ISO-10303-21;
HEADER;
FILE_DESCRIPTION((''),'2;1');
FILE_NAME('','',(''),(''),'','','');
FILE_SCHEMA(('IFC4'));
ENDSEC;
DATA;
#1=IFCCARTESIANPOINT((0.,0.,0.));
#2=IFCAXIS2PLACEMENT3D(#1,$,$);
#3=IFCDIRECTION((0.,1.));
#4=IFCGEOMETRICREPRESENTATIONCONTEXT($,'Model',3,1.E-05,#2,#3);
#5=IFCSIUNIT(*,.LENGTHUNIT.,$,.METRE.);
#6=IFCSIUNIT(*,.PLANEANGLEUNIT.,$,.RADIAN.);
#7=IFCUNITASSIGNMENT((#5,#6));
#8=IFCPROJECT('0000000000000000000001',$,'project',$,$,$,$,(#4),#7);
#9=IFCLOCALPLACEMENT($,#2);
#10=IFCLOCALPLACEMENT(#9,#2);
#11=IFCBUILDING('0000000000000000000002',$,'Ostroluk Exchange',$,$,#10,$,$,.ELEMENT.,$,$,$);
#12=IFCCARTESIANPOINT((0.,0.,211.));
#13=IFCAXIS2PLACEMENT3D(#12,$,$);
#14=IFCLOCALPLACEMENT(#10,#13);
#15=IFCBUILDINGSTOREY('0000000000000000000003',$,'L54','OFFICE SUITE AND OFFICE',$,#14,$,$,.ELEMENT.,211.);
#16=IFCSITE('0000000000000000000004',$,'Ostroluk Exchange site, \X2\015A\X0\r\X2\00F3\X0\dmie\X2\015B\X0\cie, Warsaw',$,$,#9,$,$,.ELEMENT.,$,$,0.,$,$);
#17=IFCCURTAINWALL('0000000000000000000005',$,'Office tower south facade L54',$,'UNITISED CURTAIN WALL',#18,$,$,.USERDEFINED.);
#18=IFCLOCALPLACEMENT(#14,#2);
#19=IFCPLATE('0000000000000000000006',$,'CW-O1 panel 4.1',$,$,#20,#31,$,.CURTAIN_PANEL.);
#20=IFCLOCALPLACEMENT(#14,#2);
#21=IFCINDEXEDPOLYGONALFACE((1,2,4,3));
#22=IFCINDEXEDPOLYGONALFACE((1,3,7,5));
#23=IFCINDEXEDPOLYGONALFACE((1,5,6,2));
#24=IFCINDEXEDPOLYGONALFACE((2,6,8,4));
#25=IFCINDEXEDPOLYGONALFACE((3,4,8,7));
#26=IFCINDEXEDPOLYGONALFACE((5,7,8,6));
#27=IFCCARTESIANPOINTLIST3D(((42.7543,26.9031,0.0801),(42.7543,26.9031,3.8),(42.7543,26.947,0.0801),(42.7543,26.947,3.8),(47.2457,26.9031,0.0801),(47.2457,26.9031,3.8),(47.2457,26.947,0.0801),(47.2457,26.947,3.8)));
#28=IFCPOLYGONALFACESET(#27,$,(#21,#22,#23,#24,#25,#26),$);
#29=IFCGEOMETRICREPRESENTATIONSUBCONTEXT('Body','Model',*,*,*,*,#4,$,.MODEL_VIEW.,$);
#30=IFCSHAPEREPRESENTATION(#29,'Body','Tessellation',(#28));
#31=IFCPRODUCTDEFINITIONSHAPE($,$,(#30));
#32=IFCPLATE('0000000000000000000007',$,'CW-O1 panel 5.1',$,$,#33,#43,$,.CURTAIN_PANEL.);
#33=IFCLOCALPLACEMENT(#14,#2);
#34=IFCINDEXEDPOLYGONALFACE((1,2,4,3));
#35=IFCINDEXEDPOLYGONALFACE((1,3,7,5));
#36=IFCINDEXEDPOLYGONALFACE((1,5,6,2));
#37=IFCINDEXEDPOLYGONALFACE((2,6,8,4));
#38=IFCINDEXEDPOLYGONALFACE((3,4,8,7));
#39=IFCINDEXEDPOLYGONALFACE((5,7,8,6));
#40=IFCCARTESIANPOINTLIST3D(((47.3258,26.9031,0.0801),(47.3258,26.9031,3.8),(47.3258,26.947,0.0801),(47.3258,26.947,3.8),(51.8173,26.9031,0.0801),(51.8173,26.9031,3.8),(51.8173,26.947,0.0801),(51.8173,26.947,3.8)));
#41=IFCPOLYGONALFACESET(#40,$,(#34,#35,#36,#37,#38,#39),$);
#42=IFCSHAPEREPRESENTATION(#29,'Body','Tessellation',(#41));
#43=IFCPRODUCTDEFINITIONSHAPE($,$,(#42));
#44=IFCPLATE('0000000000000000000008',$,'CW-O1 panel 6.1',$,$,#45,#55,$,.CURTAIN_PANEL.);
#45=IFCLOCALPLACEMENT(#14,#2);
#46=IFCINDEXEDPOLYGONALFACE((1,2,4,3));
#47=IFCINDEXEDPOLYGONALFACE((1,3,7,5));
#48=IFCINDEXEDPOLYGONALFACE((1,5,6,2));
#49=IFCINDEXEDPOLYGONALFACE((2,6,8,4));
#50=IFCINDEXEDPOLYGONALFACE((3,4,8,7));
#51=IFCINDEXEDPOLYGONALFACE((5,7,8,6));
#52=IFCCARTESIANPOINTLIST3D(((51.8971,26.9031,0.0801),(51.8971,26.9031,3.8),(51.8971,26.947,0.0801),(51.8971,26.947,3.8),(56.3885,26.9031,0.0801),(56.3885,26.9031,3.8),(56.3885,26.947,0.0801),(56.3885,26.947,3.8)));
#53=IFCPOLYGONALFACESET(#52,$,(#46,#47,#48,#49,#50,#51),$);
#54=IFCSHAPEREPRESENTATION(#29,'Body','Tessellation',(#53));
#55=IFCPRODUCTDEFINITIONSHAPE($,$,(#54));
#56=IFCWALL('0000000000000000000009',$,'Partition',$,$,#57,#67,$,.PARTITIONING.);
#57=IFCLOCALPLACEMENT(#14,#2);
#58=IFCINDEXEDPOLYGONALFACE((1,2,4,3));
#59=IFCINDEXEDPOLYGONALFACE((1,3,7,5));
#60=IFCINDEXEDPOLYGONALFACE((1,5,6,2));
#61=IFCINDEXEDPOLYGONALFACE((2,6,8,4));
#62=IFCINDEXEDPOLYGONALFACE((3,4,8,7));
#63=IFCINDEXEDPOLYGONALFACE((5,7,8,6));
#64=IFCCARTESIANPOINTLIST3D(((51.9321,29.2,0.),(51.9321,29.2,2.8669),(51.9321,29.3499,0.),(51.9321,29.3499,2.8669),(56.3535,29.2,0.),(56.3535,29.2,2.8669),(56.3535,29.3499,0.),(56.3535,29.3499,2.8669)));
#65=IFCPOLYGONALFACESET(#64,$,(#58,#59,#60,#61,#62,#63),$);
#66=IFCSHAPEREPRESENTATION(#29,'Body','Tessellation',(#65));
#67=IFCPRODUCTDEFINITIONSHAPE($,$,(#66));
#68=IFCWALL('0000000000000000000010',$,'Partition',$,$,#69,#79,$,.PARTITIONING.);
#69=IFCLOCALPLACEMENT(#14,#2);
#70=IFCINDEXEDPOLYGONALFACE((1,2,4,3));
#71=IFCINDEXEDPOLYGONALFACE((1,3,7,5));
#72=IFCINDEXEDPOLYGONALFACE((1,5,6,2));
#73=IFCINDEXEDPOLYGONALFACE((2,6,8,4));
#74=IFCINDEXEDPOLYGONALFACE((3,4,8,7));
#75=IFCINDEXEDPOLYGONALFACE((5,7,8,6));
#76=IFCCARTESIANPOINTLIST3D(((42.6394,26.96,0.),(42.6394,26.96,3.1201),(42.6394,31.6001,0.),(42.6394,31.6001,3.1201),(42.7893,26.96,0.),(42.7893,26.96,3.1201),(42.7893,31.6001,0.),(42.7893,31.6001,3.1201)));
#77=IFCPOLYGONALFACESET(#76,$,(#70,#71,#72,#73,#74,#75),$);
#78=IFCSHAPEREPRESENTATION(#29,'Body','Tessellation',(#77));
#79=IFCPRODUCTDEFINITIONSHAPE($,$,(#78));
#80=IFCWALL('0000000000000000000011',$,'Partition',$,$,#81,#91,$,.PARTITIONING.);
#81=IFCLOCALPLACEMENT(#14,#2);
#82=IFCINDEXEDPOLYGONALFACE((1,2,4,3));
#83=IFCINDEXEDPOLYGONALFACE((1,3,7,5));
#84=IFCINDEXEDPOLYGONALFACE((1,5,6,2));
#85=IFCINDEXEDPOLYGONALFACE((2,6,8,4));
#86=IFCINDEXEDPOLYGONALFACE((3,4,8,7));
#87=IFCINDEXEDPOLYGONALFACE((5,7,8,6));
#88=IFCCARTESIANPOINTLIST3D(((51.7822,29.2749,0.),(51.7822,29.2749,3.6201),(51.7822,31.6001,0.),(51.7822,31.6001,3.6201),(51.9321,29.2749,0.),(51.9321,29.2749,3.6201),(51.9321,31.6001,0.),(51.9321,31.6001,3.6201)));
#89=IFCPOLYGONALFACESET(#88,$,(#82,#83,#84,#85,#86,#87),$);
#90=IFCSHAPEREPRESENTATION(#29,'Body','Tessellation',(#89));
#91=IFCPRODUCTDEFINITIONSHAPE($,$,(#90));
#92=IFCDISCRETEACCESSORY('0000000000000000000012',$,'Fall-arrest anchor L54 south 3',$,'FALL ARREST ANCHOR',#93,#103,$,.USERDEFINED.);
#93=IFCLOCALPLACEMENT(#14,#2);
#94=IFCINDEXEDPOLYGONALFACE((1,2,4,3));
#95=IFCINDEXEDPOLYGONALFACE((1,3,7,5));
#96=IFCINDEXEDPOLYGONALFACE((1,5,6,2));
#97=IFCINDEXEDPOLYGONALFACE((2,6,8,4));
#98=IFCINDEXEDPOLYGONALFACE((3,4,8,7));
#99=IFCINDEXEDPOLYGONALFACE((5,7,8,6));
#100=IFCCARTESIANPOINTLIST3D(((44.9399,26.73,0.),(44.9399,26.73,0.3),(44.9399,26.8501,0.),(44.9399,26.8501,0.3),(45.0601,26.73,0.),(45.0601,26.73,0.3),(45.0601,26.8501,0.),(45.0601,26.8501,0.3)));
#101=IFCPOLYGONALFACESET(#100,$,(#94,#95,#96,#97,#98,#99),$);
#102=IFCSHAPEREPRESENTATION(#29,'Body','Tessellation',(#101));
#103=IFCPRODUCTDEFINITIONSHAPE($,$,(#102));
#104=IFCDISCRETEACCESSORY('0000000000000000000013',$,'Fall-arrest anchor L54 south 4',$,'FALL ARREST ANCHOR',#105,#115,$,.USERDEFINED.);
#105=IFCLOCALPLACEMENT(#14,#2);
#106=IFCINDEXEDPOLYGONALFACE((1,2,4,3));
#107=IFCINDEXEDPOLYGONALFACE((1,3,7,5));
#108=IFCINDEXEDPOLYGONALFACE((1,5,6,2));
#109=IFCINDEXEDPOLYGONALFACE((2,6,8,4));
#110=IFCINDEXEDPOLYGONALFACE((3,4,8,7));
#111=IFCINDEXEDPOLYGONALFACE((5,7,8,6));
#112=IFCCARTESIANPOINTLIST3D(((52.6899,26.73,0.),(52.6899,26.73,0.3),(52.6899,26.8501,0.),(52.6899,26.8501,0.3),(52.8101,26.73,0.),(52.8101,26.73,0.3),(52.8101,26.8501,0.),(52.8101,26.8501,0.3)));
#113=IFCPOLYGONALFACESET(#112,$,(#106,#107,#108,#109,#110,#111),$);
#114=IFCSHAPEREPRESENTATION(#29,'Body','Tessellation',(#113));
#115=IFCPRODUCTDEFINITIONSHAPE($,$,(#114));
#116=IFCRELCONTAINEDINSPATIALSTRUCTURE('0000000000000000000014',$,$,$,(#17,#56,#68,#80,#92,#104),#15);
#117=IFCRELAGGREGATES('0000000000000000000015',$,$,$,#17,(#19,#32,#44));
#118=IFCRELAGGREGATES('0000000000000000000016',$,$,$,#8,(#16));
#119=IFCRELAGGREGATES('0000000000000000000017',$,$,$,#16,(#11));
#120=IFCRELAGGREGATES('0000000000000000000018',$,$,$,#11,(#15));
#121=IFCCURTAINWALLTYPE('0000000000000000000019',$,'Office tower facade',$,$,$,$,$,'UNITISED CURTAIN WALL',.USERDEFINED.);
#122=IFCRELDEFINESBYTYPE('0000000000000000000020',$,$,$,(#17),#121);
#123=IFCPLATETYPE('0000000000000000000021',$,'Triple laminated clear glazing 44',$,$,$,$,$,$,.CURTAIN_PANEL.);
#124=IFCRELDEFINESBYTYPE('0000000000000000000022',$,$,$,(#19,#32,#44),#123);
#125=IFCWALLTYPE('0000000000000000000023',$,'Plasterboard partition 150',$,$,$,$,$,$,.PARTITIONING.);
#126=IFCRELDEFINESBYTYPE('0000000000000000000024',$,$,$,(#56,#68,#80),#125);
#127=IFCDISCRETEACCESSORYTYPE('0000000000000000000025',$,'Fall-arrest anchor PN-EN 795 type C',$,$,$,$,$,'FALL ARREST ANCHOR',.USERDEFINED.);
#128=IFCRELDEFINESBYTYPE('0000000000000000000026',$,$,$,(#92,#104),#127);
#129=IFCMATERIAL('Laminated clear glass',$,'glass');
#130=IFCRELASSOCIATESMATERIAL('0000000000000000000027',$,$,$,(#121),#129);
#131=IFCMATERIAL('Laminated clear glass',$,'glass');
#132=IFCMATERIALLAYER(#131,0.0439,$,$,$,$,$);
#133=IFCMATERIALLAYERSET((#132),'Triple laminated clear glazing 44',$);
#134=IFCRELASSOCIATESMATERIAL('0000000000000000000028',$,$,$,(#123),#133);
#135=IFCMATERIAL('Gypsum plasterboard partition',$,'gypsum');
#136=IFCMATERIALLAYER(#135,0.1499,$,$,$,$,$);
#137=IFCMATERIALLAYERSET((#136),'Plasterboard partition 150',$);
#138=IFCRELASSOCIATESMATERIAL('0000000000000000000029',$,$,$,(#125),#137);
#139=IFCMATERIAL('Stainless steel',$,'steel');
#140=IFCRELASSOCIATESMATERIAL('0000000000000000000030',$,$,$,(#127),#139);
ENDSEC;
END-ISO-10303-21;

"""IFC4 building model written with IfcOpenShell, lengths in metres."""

from ifc_helpers import new_model, si_unit, direction, frame, frame_2d, origin, origin_2d, place, context, subcontext, project, spatial, rectangle, extrude, material, layer, layer_set, type_object, element, aggregate, save


model = new_model("IFC4")

# Units and contexts
model_context = context("Model", 3, precision=1e-05, world=origin(), true_north=direction((0.0, 1.0)))
body_context = subcontext(model_context, "Body", "Model", "MODEL_VIEW")
ifc_project = project(units=[si_unit("LENGTHUNIT", "METRE"), si_unit("PLANEANGLEUNIT", "RADIAN")], contexts=[model_context])

# Site, building, storey
site_placement = place(None, origin())
site = spatial("IfcSite", under=ifc_project, at=site_placement, Name="Ostroluk Exchange site, Śródmieście, Warsaw", CompositionType="ELEMENT", RefElevation=0.0)
building_placement = place(site_placement, origin())
building = spatial("IfcBuilding", under=site, at=building_placement, Name="Ostroluk Exchange", CompositionType="ELEMENT")
storey_placement = place(building_placement, frame((0.0, 0.0, 211.0)))
storey = spatial("IfcBuildingStorey", under=building, at=storey_placement, Name="L54", Description="OFFICE SUITE AND OFFICE", CompositionType="ELEMENT", Elevation=211.0)

# Curtain wall, plates
ifc_material_1 = material(Name="Laminated clear glass", Category="glass")
curtain_wall_type = type_object("IfcCurtainWallType", Name="Office tower facade", ElementType="UNITISED CURTAIN WALL", PredefinedType="USERDEFINED", material=ifc_material_1)
curtain_wall_placement = place(storey_placement, origin())
curtain_wall = element("IfcCurtainWall", 1, at=curtain_wall_placement, inside=storey, type_object=curtain_wall_type, Name="Office tower south facade L54", ObjectType="UNITISED CURTAIN WALL", PredefinedType="USERDEFINED")
ifc_material_2 = material(Name="Laminated clear glass", Category="glass")
ifc_layer_1 = layer(ifc_material_2, 0.0439)
ifc_layer_set_1 = layer_set([ifc_layer_1], Name="Triple laminated clear glazing 44")
plate_type = type_object("IfcPlateType", Name="Triple laminated clear glazing 44", PredefinedType="CURTAIN_PANEL", material=ifc_layer_set_1)
plate_1_placement = place(storey_placement, frame((45.0, 26.925, 0.0801), z_axis=(0.0, 0.0, 1.0), x_axis=(1.0, 0.0, 0.0)))
plate_1 = element("IfcPlate", 2, at=plate_1_placement, type_object=plate_type, Name="CW-O1 panel 4.1", PredefinedType="CURTAIN_PANEL", context=body_context, shape_type="SweptSolid", body=[
    extrude(rectangle(XDim=4.4915, YDim=0.0439, at=origin_2d()), origin(), (0.0, 0.0, 1.0), 3.72),
])
plate_2_placement = place(storey_placement, frame((49.5715, 26.925, 0.0801), z_axis=(0.0, 0.0, 1.0), x_axis=(1.0, 0.0, 0.0)))
plate_2 = element("IfcPlate", 3, at=plate_2_placement, type_object=plate_type, Name="CW-O1 panel 5.1", PredefinedType="CURTAIN_PANEL", context=body_context, shape_type="SweptSolid", body=[
    extrude(rectangle(XDim=4.4915, YDim=0.0439, at=origin_2d()), origin(), (0.0, 0.0, 1.0), 3.72),
])
plate_3_placement = place(storey_placement, frame((54.1428, 26.925, 0.0801), z_axis=(0.0, 0.0, 1.0), x_axis=(1.0, 0.0, 0.0)))
plate_3 = element("IfcPlate", 4, at=plate_3_placement, type_object=plate_type, Name="CW-O1 panel 6.1", PredefinedType="CURTAIN_PANEL", context=body_context, shape_type="SweptSolid", body=[
    extrude(rectangle(XDim=4.4915, YDim=0.0439, at=origin_2d()), origin(), (0.0, 0.0, 1.0), 3.72),
])
aggregate(curtain_wall, [plate_1, plate_2, plate_3])

# Walls
ifc_material_3 = material(Name="Gypsum plasterboard partition", Category="gypsum")
ifc_layer_2 = layer(ifc_material_3, 0.1499)
ifc_layer_set_2 = layer_set([ifc_layer_2], Name="Plasterboard partition 150")
wall_type = type_object("IfcWallType", Name="Plasterboard partition 150", PredefinedType="PARTITIONING", material=ifc_layer_set_2)
wall_1_placement = place(storey_placement, frame((51.9321, 29.2749, 0.0), z_axis=(0.0, 0.0, 1.0), x_axis=(1.0, 0.0, 0.0)))
element("IfcWall", 5, at=wall_1_placement, inside=storey, type_object=wall_type, Name="Partition", PredefinedType="PARTITIONING", context=body_context, shape_type="SweptSolid", body=[
    extrude(rectangle(XDim=4.4214, YDim=0.1499, at=frame_2d((2.2107, 0.0))), origin(), (0.0, 0.0, 1.0), 2.8669),
])
wall_2_placement = place(storey_placement, frame((42.7144, 31.6001, 0.0), z_axis=(0.0, 0.0, 1.0), x_axis=(0.0, -1.0, 0.0)))
element("IfcWall", 6, at=wall_2_placement, inside=storey, type_object=wall_type, Name="Partition", PredefinedType="PARTITIONING", context=body_context, shape_type="SweptSolid", body=[
    extrude(rectangle(XDim=4.6401, YDim=0.1499, at=frame_2d((2.3201, 0.0))), origin(), (0.0, 0.0, 1.0), 3.1201),
])
wall_3_placement = place(storey_placement, frame((51.8572, 31.6001, 0.0), z_axis=(0.0, 0.0, 1.0), x_axis=(0.0, -1.0, 0.0)))
element("IfcWall", 7, at=wall_3_placement, inside=storey, type_object=wall_type, Name="Partition", PredefinedType="PARTITIONING", context=body_context, shape_type="SweptSolid", body=[
    extrude(rectangle(XDim=2.3252, YDim=0.1499, at=frame_2d((1.1626, 0.0))), origin(), (0.0, 0.0, 1.0), 3.6201),
])

# Discrete accessories
ifc_material_4 = material(Name="Stainless steel", Category="steel")
discrete_accessory_type = type_object("IfcDiscreteAccessoryType", Name="Fall-arrest anchor PN-EN 795 type C", ElementType="FALL ARREST ANCHOR", PredefinedType="USERDEFINED", material=ifc_material_4)
for number, where, z_axis, x_axis, name in (
    (8, (45.0, 26.79, 0.0), (0.0, 0.0, 1.0), (1.0, 0.0, 0.0), "Fall-arrest anchor L54 south 3"),
    (9, (52.75, 26.79, 0.0), (0.0, 0.0, 1.0), (1.0, 0.0, 0.0), "Fall-arrest anchor L54 south 4"),
):
    element("IfcDiscreteAccessory", number, at=place(storey_placement, frame(where, z_axis=z_axis, x_axis=x_axis)), inside=storey, type_object=discrete_accessory_type, Name=name, ObjectType="FALL ARREST ANCHOR", PredefinedType="USERDEFINED", context=body_context, shape_type="SweptSolid", body=[
        extrude(rectangle(XDim=0.1201, YDim=0.1201, at=origin_2d()), origin(), (0.0, 0.0, 1.0), 0.3),
    ])

save(model, "model.ifc")
